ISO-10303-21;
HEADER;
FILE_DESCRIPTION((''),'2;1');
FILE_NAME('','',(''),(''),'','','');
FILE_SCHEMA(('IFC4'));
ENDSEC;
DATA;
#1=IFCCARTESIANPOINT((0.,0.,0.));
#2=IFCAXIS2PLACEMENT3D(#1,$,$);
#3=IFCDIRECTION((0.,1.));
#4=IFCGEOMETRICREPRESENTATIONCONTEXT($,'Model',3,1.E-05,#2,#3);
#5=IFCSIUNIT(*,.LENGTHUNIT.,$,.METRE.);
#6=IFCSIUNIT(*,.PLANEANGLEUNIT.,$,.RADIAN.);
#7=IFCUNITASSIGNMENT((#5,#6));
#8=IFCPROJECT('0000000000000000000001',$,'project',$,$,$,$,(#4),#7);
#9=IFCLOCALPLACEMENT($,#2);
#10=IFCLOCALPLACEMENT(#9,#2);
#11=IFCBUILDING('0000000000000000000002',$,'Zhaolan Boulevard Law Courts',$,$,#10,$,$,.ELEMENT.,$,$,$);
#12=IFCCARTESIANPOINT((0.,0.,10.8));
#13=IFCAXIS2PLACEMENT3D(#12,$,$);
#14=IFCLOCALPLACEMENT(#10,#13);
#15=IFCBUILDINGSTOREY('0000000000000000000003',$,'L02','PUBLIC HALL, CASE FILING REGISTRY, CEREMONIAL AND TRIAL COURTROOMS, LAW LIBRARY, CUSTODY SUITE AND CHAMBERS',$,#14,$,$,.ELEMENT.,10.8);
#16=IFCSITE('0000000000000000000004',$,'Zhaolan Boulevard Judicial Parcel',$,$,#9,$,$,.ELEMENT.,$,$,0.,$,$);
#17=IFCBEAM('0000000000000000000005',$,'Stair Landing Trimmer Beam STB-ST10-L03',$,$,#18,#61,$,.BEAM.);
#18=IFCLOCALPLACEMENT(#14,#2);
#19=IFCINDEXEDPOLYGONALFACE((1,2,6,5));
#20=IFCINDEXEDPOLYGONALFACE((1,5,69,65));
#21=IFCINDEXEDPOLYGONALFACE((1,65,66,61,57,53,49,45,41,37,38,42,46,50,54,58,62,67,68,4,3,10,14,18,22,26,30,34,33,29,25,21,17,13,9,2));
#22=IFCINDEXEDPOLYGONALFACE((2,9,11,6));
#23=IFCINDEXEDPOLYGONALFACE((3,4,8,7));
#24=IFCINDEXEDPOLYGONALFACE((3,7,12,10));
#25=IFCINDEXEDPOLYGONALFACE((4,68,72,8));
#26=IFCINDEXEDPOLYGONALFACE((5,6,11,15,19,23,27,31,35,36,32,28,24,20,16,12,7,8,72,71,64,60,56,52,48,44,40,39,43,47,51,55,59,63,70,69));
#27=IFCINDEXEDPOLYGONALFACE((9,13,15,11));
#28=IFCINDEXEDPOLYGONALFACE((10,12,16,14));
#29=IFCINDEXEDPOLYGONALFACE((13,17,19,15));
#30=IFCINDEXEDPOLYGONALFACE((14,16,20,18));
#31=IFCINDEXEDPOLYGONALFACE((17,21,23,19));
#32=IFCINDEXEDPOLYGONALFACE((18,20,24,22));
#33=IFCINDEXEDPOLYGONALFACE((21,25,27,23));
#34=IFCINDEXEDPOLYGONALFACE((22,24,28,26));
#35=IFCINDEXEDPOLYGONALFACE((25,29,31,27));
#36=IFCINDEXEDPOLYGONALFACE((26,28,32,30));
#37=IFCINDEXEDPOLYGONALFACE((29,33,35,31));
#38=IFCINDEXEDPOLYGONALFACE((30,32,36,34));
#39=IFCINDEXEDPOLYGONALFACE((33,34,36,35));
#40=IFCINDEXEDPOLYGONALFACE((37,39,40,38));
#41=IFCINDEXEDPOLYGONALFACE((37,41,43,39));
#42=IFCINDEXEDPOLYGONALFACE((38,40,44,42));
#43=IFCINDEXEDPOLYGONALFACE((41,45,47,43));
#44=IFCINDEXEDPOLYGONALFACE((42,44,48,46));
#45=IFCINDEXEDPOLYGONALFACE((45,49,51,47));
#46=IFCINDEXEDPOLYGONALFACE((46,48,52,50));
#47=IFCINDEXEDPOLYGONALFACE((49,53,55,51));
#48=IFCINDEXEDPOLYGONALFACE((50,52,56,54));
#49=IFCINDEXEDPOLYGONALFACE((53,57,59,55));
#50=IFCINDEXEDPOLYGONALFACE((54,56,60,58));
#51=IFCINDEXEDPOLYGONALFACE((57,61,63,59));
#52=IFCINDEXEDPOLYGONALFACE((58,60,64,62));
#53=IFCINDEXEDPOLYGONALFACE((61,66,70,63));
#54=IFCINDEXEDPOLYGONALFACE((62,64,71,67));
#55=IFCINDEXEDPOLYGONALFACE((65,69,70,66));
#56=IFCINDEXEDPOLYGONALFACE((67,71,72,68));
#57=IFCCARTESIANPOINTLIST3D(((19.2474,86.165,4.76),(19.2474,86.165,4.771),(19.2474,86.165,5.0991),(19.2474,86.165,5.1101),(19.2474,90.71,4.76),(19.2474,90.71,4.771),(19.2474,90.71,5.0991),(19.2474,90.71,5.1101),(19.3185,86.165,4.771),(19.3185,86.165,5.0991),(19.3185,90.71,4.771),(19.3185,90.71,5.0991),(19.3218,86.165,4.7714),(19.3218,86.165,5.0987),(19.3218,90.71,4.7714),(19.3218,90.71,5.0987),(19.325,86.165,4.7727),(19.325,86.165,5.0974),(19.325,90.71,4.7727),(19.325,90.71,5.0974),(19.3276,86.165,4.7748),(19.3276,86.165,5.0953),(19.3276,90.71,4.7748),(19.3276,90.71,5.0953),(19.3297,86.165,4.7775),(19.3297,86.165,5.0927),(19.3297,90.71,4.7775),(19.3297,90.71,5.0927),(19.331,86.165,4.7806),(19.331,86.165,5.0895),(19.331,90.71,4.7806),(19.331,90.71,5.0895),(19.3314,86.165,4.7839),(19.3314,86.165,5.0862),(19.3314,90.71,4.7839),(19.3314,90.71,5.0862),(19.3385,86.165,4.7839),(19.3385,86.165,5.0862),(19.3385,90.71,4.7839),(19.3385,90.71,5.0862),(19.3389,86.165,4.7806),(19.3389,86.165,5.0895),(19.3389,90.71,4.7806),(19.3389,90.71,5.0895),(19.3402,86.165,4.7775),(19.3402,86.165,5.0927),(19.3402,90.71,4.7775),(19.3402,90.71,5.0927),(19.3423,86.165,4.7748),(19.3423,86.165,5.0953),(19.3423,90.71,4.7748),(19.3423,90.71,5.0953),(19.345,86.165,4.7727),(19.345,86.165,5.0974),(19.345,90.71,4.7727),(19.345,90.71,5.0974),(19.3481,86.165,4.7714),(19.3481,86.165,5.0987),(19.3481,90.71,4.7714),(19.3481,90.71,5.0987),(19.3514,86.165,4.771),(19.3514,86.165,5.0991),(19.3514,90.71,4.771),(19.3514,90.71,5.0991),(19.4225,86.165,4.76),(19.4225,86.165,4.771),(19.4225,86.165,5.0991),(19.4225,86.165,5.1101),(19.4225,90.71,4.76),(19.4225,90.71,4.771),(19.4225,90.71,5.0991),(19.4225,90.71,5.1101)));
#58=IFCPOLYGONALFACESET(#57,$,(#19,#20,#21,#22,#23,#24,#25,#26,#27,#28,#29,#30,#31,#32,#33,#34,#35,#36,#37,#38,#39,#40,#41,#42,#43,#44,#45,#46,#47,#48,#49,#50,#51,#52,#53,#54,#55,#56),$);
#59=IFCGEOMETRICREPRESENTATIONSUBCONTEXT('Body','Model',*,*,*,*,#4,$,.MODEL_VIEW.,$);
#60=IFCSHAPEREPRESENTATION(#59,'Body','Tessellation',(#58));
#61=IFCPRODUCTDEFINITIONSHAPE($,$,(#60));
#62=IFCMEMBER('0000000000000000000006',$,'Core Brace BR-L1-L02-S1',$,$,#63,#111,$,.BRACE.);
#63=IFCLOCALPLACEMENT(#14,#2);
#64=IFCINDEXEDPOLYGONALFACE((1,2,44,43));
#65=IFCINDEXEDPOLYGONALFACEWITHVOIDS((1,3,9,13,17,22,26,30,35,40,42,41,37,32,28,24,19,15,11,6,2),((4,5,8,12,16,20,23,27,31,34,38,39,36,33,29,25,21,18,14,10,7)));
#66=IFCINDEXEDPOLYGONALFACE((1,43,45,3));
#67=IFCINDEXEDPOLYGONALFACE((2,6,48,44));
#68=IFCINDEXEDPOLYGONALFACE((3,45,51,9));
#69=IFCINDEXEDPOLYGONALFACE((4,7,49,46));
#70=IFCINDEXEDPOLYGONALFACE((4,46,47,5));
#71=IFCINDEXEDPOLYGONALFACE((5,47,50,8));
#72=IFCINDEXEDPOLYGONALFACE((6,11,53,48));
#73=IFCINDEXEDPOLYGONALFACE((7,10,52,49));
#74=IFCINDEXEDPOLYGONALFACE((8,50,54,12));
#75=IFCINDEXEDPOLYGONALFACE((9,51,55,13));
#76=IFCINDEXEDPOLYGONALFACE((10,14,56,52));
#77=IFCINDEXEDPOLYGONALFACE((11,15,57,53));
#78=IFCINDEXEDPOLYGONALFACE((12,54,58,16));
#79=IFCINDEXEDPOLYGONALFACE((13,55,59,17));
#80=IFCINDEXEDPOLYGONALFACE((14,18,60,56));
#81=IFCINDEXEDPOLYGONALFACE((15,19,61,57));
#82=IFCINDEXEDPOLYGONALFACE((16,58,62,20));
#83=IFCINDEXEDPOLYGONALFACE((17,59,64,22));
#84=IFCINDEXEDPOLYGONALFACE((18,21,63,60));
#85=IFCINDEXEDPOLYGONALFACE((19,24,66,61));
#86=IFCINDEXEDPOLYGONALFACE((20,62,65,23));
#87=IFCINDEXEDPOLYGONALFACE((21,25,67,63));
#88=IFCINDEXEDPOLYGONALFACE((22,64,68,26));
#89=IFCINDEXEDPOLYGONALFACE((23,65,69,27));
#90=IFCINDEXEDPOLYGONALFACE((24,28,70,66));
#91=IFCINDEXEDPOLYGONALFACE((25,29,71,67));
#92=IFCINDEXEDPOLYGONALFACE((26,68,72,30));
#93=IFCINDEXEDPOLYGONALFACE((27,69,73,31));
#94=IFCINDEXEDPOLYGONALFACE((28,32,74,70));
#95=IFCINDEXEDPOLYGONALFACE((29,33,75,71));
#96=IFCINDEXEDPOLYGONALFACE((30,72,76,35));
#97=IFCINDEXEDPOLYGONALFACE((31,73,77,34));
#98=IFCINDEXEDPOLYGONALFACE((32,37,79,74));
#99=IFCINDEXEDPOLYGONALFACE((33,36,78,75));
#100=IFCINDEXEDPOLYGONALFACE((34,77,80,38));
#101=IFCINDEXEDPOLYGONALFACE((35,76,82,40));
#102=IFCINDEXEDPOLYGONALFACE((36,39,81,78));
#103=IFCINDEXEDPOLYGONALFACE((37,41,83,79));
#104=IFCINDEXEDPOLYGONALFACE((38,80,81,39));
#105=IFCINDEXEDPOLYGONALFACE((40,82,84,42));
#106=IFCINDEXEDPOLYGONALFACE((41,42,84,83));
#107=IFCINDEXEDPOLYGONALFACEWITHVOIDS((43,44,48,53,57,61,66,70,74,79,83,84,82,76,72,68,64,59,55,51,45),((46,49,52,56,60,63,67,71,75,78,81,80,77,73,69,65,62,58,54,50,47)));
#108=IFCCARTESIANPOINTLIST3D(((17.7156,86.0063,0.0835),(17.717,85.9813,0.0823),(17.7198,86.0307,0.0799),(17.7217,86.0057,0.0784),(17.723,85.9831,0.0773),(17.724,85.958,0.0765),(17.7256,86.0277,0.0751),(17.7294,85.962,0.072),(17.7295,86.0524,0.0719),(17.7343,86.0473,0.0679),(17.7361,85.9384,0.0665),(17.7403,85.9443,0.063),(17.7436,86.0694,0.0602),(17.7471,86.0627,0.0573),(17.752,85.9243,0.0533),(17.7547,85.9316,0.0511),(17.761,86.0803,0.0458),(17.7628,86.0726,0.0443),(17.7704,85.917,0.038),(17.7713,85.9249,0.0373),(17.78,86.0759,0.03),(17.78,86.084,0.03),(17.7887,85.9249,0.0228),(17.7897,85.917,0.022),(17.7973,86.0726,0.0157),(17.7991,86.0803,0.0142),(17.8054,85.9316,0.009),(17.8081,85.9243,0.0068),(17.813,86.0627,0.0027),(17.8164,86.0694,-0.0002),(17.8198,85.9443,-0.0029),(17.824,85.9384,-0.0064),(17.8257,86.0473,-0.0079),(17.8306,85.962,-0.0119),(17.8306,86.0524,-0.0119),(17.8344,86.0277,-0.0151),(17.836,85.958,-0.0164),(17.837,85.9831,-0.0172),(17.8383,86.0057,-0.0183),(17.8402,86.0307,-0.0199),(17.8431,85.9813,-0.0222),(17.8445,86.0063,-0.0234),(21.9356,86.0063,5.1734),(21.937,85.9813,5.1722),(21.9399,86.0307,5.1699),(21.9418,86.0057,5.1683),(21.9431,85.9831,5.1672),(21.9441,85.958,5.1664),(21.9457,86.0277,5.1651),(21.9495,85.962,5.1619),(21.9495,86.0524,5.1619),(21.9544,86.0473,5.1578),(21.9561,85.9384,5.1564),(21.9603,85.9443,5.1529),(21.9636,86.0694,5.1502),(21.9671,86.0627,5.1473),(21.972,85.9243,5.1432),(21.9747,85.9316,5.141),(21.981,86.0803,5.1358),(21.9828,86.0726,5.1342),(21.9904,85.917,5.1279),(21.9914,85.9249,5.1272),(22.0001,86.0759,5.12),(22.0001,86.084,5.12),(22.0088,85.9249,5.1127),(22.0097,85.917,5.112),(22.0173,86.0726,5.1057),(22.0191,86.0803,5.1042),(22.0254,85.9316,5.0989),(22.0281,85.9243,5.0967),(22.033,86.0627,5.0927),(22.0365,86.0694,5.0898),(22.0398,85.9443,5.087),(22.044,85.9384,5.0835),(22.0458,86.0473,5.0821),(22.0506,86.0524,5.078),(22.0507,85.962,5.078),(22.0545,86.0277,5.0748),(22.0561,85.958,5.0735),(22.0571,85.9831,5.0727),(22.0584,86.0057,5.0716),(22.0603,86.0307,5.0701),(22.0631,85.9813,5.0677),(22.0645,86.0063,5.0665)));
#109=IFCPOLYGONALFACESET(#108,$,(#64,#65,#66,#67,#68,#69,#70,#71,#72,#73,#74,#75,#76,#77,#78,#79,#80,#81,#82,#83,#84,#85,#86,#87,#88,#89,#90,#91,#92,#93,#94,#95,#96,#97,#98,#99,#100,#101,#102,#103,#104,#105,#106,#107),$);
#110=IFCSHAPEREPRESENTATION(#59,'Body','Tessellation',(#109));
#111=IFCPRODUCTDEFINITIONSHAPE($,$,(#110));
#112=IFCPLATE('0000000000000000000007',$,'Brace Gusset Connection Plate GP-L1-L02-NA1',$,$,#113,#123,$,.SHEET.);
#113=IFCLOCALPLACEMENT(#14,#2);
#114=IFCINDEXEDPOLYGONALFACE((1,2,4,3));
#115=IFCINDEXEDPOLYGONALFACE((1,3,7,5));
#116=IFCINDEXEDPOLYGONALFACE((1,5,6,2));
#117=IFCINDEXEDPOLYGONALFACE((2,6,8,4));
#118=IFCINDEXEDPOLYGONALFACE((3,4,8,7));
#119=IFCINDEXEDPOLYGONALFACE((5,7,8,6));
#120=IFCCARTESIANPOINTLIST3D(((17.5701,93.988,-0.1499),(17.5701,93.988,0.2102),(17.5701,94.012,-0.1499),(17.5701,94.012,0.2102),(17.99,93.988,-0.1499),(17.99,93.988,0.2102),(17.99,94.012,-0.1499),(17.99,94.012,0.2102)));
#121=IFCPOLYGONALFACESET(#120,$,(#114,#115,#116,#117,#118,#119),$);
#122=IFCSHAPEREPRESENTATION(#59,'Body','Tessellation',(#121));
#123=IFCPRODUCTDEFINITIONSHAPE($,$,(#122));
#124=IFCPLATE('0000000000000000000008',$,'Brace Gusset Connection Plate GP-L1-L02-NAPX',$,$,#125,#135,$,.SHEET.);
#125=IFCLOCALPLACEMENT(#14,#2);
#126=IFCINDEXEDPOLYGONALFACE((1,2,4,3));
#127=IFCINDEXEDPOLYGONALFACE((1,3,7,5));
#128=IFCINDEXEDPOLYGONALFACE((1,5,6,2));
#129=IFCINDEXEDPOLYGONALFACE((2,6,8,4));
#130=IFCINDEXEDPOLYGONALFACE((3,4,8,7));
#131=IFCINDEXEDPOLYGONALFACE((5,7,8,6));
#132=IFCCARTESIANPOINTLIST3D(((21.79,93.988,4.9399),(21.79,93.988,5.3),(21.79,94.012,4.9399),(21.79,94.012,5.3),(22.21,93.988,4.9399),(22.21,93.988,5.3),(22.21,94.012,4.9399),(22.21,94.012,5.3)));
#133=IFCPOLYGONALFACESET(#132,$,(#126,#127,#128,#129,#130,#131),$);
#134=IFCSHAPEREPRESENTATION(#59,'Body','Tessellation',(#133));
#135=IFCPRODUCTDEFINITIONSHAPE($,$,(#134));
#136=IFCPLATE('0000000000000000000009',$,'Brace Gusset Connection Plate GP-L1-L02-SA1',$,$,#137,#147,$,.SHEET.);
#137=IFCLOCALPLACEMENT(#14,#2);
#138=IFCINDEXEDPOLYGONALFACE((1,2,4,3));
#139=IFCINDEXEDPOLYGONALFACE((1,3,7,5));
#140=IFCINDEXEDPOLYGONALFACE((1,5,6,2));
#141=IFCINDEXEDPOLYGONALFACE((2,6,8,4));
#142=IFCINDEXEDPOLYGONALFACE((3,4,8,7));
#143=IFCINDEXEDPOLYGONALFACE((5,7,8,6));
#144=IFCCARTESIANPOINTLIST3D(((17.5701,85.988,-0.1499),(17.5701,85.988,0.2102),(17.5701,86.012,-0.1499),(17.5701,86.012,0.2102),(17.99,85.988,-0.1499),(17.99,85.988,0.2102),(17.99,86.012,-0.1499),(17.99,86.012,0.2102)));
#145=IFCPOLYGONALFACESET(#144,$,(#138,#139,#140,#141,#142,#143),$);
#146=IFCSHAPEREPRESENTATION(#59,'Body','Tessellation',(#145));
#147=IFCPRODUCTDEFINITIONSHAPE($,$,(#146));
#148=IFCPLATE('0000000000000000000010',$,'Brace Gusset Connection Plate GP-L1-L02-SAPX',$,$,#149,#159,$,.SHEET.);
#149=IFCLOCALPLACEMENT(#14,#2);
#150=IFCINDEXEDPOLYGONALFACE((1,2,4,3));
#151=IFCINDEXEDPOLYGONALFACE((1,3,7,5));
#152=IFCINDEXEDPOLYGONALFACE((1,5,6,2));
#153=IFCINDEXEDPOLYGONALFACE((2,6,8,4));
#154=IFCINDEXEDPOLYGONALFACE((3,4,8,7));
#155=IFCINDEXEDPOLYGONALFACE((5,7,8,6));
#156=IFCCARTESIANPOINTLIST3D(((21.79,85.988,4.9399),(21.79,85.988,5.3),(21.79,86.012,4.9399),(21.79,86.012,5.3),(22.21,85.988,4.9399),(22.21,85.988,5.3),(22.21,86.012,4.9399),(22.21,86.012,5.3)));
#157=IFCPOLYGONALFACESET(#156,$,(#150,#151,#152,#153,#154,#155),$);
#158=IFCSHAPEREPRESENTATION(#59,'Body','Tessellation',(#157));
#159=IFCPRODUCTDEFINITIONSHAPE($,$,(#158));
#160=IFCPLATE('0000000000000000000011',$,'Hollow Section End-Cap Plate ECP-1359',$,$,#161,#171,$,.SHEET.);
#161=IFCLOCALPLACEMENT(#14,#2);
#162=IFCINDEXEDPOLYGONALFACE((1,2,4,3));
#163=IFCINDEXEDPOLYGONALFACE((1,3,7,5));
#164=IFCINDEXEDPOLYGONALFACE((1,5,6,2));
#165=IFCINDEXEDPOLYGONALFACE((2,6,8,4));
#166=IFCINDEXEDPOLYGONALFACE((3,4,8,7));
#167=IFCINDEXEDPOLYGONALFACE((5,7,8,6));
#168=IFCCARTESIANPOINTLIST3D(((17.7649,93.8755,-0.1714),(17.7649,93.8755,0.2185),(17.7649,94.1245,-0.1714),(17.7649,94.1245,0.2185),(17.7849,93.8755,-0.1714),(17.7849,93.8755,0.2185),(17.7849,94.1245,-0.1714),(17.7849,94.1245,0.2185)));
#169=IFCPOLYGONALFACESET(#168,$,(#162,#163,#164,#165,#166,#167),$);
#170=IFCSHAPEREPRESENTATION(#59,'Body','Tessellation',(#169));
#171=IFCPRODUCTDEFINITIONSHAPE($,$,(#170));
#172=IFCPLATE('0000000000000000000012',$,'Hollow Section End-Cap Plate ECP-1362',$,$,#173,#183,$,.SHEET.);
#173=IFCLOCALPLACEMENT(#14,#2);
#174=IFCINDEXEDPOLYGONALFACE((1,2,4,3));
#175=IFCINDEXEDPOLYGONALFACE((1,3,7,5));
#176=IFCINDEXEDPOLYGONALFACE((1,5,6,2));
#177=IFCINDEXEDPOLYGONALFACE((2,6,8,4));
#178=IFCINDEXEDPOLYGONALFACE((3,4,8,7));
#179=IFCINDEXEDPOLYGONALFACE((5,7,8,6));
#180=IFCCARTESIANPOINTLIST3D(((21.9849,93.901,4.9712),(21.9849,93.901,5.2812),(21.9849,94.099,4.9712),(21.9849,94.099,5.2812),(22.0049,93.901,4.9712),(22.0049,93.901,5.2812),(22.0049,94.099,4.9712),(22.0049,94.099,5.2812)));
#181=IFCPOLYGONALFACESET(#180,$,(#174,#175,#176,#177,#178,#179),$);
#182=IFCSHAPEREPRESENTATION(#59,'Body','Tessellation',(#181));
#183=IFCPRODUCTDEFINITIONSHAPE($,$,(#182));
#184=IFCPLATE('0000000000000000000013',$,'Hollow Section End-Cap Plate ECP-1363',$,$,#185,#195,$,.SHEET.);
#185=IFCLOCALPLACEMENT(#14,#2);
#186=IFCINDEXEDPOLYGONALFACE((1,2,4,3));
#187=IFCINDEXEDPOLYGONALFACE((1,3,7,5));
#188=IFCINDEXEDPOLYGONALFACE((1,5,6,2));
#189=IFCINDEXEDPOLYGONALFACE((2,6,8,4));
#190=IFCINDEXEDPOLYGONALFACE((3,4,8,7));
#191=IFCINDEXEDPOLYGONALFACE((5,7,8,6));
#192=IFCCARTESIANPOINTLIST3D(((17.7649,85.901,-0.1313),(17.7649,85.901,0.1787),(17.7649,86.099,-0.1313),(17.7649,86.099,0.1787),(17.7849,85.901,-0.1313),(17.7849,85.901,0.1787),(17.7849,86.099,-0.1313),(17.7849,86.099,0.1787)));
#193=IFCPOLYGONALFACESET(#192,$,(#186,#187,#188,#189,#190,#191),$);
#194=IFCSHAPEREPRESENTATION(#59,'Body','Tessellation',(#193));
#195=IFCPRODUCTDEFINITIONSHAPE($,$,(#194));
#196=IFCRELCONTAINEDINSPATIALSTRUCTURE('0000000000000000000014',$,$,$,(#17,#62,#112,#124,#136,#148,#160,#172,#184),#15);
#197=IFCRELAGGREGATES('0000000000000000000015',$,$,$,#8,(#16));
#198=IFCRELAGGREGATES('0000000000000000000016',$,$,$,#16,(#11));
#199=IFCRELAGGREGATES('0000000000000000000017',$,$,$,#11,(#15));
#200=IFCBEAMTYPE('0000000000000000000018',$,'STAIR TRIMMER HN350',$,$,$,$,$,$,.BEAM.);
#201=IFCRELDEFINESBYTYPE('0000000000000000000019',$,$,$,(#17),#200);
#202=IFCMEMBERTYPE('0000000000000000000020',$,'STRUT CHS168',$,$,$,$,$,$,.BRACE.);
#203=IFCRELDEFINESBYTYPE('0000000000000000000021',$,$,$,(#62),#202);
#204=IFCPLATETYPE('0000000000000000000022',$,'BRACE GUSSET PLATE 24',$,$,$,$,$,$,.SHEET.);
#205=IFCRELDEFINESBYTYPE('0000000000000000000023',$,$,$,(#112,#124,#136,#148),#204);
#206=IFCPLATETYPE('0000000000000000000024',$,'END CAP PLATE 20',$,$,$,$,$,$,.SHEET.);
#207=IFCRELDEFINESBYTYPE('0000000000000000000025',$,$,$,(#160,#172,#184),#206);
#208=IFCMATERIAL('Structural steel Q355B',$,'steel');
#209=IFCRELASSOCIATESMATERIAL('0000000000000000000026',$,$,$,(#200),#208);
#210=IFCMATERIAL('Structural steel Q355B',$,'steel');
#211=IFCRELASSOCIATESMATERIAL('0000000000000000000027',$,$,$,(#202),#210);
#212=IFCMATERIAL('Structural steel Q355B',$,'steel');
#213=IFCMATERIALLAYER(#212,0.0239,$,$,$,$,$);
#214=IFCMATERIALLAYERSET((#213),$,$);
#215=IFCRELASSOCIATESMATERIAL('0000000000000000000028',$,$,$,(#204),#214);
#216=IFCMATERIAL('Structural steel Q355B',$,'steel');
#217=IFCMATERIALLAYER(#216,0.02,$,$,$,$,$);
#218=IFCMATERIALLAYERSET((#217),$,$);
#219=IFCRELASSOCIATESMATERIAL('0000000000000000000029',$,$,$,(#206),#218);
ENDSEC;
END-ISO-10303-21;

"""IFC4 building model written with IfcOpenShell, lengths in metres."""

from ifc_helpers import new_model, si_unit, direction, frame, origin, origin_2d, place, context, subcontext, project, spatial, rectangle, hollow_circle, i_section, extrude, material, layer, layer_set, material_profile, profile_set, type_object, element, save


model = new_model("IFC4")

# Units and contexts
model_context = context("Model", 3, precision=1e-05, world=origin(), true_north=direction((0.0, 1.0)))
body_context = subcontext(model_context, "Body", "Model", "MODEL_VIEW")
ifc_project = project(units=[si_unit("LENGTHUNIT", "METRE"), si_unit("PLANEANGLEUNIT", "RADIAN")], contexts=[model_context])

# Site, building, storey
site_placement = place(None, origin())
site = spatial("IfcSite", under=ifc_project, at=site_placement, Name="Zhaolan Boulevard Judicial Parcel", CompositionType="ELEMENT", RefElevation=0.0)
building_placement = place(site_placement, origin())
building = spatial("IfcBuilding", under=site, at=building_placement, Name="Zhaolan Boulevard Law Courts", CompositionType="ELEMENT")
storey_placement = place(building_placement, frame((0.0, 0.0, 10.8)))
storey = spatial("IfcBuildingStorey", under=building, at=storey_placement, Name="L02", Description="PUBLIC HALL, CASE FILING REGISTRY, CEREMONIAL AND TRIAL COURTROOMS, LAW LIBRARY, CUSTODY SUITE AND CHAMBERS", CompositionType="ELEMENT", Elevation=10.8)

# Beam
ifc_material_1 = material(Name="Structural steel Q355B", Category="steel")
ifc_material_profile_1 = material_profile(ifc_material_1, i_section(OverallWidth=0.175, OverallDepth=0.3501, WebThickness=0.0071, FlangeThickness=0.011, FilletRadius=0.0129, at=origin_2d()), Name="HN350x175")
ifc_profile_set_1 = profile_set([ifc_material_profile_1], Name="Structural steel Q355B")
beam_type_1 = type_object("IfcBeamType", Name="STAIR TRIMMER HN350", PredefinedType="BEAM", material=ifc_profile_set_1)
beam_1_placement = place(storey_placement, frame((19.335, 86.165, 4.9351), z_axis=(0.0, 1.0, 0.0), x_axis=(-1.0, 0.0, 0.0)))
element("IfcBeam", 1, at=beam_1_placement, inside=storey, type_object=beam_type_1, Name="Stair Landing Trimmer Beam STB-ST10-L03", PredefinedType="BEAM", context=body_context, shape_type="SweptSolid", body=[
    extrude(i_section(OverallWidth=0.175, OverallDepth=0.3501, WebThickness=0.0071, FlangeThickness=0.011, FilletRadius=0.0129, at=origin_2d()), origin(), (0.0, 0.0, 1.0), 4.5449),
])

# Member
ifc_material_2 = material(Name="Structural steel Q355B", Category="steel")
ifc_material_profile_2 = material_profile(ifc_material_2, hollow_circle(Radius=0.084, WallThickness=0.0081, at=origin_2d()), Name="CHS168x8")
ifc_profile_set_2 = profile_set([ifc_material_profile_2], Name="Structural steel Q355B")
member_type_1 = type_object("IfcMemberType", Name="STRUT CHS168", PredefinedType="BRACE", material=ifc_profile_set_2)
member_1_placement = place(storey_placement, frame((17.78, 86.0, 0.03), z_axis=(0.638257, 0.0, 0.769823), x_axis=(0.0, 1.0, 0.0)))
element("IfcMember", 2, at=member_1_placement, inside=storey, type_object=member_type_1, Name="Core Brace BR-L1-L02-S1", PredefinedType="BRACE", context=body_context, shape_type="SweptSolid", body=[
    extrude(hollow_circle(Radius=0.084, WallThickness=0.0081, at=origin_2d()), origin(), (0.0, 0.0, 1.0), 6.6118),
])

# Plates
ifc_material_3 = material(Name="Structural steel Q355B", Category="steel")
ifc_layer_1 = layer(ifc_material_3, 0.0239)
ifc_layer_set_1 = layer_set([ifc_layer_1])
plate_type_1 = type_object("IfcPlateType", Name="BRACE GUSSET PLATE 24", PredefinedType="SHEET", material=ifc_layer_set_1)
for number, where, z_axis, x_axis, name in (
    (3, (17.78, 94.0, -0.1499), (0.0, 0.0, 1.0), (1.0, 0.0, 0.0), "Brace Gusset Connection Plate GP-L1-L02-NA1"),
    (4, (22.0, 94.0, 4.9399), (0.0, 0.0, 1.0), (1.0, 0.0, 0.0), "Brace Gusset Connection Plate GP-L1-L02-NAPX"),
    (5, (17.78, 86.0, -0.1499), (0.0, 0.0, 1.0), (1.0, 0.0, 0.0), "Brace Gusset Connection Plate GP-L1-L02-SA1"),
    (6, (22.0, 86.0, 4.9399), (0.0, 0.0, 1.0), (1.0, 0.0, 0.0), "Brace Gusset Connection Plate GP-L1-L02-SAPX"),
):
    element("IfcPlate", number, at=place(storey_placement, frame(where, z_axis=z_axis, x_axis=x_axis)), inside=storey, type_object=plate_type_1, Name=name, PredefinedType="SHEET", context=body_context, shape_type="SweptSolid", body=[
        extrude(rectangle(XDim=0.4199, YDim=0.0239, at=origin_2d()), origin(), (0.0, 0.0, 1.0), 0.3601),
    ])
ifc_material_4 = material(Name="Structural steel Q355B", Category="steel")
ifc_layer_2 = layer(ifc_material_4, 0.02)
ifc_layer_set_2 = layer_set([ifc_layer_2])
plate_type_2 = type_object("IfcPlateType", Name="END CAP PLATE 20", PredefinedType="SHEET", material=ifc_layer_set_2)
plate_1_placement = place(storey_placement, frame((17.7749, 94.0, -0.1714), z_axis=(0.0, 0.0, 1.0), x_axis=(1.0, 0.0, 0.0)))
element("IfcPlate", 7, at=plate_1_placement, inside=storey, type_object=plate_type_2, Name="Hollow Section End-Cap Plate ECP-1359", PredefinedType="SHEET", context=body_context, shape_type="SweptSolid", body=[
    extrude(rectangle(XDim=0.02, YDim=0.249, at=origin_2d()), origin(), (0.0, 0.0, 1.0), 0.3899),
])
for number, where, z_axis, x_axis, name in (
    (8, (21.9949, 94.0, 4.9712), (0.0, 0.0, 1.0), (-1.0, 0.0, 0.0), "Hollow Section End-Cap Plate ECP-1362"),
    (9, (17.7749, 86.0, -0.1313), (0.0, 0.0, 1.0), (1.0, 0.0, 0.0), "Hollow Section End-Cap Plate ECP-1363"),
):
    element("IfcPlate", number, at=place(storey_placement, frame(where, z_axis=z_axis, x_axis=x_axis)), inside=storey, type_object=plate_type_2, Name=name, PredefinedType="SHEET", context=body_context, shape_type="SweptSolid", body=[
        extrude(rectangle(XDim=0.02, YDim=0.198, at=origin_2d()), origin(), (0.0, 0.0, 1.0), 0.3101),
    ])

save(model, "model.ifc")
